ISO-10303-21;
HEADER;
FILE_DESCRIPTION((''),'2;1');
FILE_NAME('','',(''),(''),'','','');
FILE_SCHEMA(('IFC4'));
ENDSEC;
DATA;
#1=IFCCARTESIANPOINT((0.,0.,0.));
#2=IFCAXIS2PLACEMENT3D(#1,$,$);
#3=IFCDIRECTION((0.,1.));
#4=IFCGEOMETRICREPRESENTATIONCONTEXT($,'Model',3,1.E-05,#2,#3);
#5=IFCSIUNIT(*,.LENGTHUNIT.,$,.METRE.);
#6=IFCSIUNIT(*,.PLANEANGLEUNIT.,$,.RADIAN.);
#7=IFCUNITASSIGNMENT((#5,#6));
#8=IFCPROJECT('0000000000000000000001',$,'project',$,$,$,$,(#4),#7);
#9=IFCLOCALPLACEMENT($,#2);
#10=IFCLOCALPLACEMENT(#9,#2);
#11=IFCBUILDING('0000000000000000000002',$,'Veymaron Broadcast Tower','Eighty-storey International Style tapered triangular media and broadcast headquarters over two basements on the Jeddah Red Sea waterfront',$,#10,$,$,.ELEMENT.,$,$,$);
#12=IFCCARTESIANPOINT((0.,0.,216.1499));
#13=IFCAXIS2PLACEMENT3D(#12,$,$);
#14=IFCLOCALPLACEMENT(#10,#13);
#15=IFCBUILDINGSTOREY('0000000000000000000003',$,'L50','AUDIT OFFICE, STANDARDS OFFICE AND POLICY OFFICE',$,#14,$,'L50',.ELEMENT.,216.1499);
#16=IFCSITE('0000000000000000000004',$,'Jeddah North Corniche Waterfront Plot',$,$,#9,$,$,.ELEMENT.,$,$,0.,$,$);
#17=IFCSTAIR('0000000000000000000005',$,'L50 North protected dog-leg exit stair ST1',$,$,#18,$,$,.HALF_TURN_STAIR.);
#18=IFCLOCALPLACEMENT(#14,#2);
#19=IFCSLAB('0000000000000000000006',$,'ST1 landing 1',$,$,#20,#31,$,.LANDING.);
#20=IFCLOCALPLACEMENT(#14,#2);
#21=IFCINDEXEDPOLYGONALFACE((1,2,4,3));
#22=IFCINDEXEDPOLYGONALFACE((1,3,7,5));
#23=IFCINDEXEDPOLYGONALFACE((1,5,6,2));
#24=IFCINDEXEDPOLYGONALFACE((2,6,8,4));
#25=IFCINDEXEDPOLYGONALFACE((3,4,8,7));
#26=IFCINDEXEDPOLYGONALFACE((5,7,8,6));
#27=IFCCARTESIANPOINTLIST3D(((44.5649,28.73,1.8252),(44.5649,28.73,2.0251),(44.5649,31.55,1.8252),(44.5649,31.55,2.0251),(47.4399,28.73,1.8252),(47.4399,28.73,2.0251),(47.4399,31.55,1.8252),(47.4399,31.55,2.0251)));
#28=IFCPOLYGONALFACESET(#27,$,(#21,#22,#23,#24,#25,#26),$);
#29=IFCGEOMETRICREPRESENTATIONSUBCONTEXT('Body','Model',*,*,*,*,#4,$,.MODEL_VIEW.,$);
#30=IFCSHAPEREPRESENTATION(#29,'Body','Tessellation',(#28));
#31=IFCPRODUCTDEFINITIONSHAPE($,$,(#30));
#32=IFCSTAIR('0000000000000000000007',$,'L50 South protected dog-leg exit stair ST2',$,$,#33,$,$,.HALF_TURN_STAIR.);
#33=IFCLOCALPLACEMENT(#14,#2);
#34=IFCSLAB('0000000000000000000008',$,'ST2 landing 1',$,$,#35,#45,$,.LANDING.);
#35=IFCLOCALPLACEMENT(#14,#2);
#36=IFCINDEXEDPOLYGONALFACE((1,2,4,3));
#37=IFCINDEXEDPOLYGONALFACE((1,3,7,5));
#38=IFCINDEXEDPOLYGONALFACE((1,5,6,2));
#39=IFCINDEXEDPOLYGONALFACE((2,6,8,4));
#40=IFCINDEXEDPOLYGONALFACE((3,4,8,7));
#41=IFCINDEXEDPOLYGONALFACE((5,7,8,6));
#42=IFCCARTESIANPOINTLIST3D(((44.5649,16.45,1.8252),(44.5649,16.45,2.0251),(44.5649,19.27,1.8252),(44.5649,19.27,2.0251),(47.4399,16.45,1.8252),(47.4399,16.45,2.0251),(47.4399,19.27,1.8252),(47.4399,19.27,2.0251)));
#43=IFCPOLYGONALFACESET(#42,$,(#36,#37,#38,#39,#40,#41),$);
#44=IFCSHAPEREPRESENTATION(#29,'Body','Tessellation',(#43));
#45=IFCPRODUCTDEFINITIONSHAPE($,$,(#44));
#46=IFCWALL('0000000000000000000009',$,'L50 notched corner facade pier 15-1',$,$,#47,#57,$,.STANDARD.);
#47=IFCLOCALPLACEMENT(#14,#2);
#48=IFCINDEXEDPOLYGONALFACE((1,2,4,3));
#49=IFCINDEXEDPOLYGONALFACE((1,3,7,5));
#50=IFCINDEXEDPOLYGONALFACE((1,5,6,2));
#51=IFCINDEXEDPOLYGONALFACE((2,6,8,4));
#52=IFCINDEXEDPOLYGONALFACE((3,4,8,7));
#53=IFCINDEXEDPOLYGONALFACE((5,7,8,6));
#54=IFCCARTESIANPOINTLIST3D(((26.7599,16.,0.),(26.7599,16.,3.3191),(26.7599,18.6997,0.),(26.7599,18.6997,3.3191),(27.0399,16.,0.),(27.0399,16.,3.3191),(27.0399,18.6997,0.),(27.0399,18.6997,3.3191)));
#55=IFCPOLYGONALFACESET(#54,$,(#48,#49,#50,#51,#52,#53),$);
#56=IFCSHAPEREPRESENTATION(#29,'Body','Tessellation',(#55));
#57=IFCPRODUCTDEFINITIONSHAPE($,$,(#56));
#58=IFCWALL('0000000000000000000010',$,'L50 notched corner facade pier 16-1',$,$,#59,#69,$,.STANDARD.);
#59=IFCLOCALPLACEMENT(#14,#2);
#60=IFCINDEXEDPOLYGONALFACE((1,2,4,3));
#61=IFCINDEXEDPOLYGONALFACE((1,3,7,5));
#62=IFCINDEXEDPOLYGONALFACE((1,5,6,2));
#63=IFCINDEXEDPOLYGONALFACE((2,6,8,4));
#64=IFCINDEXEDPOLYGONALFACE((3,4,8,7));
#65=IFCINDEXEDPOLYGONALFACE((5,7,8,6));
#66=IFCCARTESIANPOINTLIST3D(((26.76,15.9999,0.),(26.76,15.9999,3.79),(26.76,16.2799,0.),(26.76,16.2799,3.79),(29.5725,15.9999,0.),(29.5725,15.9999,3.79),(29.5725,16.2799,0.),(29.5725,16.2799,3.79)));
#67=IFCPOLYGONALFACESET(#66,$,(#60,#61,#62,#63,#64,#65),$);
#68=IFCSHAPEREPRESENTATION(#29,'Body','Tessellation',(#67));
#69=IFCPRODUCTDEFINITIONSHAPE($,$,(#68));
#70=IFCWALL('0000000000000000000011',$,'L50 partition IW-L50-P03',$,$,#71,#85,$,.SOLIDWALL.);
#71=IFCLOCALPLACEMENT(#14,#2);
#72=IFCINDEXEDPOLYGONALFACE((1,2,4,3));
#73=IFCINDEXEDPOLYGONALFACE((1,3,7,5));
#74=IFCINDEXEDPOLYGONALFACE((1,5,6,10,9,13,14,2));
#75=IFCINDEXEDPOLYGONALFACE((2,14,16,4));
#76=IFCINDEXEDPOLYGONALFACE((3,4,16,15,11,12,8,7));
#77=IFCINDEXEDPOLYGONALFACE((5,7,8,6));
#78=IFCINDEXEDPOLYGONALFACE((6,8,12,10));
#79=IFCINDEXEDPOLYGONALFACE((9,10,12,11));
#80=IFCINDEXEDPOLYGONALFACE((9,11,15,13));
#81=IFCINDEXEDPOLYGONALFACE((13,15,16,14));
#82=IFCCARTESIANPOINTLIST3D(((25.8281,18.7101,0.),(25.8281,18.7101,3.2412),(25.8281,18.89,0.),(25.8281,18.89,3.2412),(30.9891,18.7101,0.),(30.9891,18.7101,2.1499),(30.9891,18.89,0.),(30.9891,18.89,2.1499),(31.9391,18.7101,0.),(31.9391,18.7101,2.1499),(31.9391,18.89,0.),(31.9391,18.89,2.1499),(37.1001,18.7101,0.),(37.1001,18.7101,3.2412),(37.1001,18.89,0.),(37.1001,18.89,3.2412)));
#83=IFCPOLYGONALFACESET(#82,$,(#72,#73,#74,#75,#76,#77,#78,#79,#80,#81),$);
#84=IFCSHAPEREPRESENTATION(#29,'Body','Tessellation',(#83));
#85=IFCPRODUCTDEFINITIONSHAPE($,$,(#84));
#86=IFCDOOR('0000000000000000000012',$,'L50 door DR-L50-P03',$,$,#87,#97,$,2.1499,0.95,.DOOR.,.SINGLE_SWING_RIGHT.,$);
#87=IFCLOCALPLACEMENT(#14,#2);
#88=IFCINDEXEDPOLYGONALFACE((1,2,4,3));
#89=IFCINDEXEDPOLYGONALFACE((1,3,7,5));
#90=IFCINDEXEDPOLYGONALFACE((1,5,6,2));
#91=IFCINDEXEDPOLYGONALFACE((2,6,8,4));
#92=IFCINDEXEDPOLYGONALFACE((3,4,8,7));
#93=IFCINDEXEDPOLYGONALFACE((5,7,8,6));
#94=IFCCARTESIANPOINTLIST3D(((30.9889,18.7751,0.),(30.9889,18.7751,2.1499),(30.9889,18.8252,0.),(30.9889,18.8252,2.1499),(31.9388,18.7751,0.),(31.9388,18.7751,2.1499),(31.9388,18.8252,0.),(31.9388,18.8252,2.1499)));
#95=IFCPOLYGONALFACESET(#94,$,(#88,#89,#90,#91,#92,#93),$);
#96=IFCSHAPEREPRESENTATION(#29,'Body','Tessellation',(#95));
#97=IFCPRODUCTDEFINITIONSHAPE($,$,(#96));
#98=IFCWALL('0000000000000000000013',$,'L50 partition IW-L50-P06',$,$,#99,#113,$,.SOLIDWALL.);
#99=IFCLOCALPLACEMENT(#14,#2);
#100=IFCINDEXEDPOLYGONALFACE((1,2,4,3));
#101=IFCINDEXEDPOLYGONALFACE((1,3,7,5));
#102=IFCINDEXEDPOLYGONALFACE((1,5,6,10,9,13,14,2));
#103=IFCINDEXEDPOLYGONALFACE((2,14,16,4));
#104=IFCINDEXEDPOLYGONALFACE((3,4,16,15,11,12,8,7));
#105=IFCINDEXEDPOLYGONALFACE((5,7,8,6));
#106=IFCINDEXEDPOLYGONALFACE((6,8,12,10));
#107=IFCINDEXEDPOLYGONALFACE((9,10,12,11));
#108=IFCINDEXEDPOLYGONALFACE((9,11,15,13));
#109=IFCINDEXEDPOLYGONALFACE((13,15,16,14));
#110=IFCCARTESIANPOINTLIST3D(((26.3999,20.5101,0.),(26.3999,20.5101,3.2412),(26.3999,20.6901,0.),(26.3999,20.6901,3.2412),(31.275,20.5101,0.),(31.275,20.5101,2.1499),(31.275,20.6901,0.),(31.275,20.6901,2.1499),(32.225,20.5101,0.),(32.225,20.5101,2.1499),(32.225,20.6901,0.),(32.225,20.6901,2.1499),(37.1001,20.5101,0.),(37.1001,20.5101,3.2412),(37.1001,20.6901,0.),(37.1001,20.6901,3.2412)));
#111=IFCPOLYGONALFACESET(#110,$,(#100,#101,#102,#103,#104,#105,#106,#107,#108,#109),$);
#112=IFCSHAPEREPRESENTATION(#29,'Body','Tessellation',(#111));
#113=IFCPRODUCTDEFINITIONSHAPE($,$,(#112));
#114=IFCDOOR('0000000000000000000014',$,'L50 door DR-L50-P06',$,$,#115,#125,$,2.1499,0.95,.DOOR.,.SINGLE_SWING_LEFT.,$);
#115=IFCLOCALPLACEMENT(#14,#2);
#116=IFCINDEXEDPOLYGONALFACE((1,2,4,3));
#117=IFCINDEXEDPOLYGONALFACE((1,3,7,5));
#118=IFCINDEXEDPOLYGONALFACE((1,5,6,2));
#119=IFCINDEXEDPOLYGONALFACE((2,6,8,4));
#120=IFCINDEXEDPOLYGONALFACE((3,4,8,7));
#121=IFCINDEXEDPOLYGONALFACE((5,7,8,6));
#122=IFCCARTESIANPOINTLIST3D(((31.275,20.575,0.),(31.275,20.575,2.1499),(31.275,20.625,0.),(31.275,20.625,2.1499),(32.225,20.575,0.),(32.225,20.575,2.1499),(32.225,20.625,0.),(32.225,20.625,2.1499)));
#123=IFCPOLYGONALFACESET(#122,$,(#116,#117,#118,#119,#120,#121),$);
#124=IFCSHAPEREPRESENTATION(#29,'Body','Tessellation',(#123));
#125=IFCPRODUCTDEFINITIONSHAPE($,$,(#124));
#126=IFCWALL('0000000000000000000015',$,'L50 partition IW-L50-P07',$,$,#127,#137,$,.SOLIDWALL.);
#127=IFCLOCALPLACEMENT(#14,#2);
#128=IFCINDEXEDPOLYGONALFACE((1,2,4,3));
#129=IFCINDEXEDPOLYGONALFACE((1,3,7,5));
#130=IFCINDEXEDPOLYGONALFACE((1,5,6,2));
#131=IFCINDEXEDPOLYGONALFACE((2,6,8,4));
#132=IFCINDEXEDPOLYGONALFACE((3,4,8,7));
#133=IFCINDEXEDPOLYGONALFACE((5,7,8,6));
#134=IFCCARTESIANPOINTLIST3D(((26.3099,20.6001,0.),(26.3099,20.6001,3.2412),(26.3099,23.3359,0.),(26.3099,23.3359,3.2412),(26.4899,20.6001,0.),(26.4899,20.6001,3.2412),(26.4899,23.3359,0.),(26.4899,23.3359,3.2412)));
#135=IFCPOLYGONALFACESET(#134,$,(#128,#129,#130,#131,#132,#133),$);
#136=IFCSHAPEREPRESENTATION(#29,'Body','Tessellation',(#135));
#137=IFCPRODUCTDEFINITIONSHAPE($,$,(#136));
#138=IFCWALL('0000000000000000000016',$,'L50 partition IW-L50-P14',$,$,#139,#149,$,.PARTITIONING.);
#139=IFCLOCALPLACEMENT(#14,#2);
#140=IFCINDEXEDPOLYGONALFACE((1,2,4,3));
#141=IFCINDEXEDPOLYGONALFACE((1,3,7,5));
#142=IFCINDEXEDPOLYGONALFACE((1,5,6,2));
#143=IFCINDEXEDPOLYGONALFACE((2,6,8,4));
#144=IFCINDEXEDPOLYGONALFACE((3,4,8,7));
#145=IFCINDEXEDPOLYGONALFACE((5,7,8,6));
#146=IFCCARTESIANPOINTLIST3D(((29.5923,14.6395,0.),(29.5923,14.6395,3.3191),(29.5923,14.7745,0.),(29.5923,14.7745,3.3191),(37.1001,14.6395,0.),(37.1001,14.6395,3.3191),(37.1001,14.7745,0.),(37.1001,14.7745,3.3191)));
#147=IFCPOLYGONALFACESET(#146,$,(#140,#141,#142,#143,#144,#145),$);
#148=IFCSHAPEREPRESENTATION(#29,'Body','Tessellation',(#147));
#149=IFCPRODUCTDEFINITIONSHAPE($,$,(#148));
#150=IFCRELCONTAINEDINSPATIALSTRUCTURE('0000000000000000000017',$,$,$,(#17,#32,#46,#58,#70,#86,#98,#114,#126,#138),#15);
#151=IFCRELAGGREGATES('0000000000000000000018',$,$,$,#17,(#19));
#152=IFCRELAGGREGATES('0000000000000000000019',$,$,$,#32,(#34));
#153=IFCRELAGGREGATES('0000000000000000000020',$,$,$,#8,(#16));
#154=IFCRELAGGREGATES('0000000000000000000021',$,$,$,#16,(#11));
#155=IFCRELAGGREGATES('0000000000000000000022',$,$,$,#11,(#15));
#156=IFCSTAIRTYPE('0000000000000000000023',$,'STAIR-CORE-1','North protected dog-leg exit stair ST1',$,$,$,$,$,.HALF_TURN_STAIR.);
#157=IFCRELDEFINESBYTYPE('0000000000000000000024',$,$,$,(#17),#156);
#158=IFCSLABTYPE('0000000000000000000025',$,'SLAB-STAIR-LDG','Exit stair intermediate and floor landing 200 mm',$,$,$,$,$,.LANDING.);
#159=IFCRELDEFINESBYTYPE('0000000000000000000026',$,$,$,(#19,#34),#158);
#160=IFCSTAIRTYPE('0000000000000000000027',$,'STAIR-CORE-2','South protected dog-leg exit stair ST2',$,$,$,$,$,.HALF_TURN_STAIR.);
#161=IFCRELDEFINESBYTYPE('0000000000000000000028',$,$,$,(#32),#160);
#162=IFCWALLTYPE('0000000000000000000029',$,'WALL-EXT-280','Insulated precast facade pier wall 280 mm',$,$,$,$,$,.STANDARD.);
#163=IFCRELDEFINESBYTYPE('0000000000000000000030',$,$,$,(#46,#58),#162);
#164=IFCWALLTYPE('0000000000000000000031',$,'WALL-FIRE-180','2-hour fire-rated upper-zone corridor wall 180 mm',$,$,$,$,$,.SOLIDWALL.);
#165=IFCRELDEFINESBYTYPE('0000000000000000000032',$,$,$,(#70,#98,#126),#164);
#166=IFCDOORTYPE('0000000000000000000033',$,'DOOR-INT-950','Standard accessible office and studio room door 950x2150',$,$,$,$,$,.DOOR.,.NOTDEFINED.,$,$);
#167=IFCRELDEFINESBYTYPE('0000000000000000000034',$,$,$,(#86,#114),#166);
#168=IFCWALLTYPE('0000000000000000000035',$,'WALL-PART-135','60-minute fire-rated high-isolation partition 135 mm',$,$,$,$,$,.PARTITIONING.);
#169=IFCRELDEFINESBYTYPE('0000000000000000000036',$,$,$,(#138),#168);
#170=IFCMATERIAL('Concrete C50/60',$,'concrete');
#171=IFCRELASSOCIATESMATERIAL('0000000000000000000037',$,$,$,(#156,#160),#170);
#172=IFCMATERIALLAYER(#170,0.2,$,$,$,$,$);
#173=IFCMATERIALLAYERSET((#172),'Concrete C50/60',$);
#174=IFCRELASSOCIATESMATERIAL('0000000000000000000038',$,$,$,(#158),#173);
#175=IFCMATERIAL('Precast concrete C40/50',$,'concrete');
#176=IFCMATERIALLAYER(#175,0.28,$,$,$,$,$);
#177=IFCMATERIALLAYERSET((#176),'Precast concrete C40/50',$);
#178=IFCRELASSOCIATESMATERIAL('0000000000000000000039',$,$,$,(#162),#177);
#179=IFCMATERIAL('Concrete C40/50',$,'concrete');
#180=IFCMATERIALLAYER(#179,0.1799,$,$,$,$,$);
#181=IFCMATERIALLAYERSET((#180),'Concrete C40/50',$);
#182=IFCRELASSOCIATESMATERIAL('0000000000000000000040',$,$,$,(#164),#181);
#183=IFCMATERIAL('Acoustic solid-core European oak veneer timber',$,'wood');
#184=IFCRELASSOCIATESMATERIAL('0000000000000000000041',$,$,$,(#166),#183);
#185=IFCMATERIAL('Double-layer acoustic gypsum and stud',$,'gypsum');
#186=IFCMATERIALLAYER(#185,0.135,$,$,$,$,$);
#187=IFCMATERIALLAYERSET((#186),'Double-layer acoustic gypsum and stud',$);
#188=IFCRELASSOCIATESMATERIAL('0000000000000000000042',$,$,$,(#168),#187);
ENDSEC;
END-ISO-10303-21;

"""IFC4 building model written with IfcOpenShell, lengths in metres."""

from ifc_helpers import new_model, si_unit, direction, frame, frame_2d, origin, place, context, subcontext, project, spatial, polyline, rectangle, outline, extrude, material, layer, layer_set, type_object, element, fill, aggregate, save


model = new_model("IFC4")

# Units and contexts
model_context = context("Model", 3, precision=1e-05, world=origin(), true_north=direction((0.0, 1.0)))
body_context = subcontext(model_context, "Body", "Model", "MODEL_VIEW")
ifc_project = project(units=[si_unit("LENGTHUNIT", "METRE"), si_unit("PLANEANGLEUNIT", "RADIAN")], contexts=[model_context])

# Site, building, storey
site_placement = place(None, origin())
site = spatial("IfcSite", under=ifc_project, at=site_placement, Name="Jeddah North Corniche Waterfront Plot", CompositionType="ELEMENT", RefElevation=0.0)
building_placement = place(site_placement, origin())
building = spatial("IfcBuilding", under=site, at=building_placement, Name="Veymaron Broadcast Tower", Description="Eighty-storey International Style tapered triangular media and broadcast headquarters over two basements on the Jeddah Red Sea waterfront", CompositionType="ELEMENT")
storey_placement = place(building_placement, frame((0.0, 0.0, 216.1499)))
storey = spatial("IfcBuildingStorey", under=building, at=storey_placement, Name="L50", Description="AUDIT OFFICE, STANDARDS OFFICE AND POLICY OFFICE", LongName="L50", CompositionType="ELEMENT", Elevation=216.1499)

# Shared definitions
ifc_material_1 = material(Name="Concrete C40/50", Category="concrete")

# Stairs, slabs
ifc_material_2 = material(Name="Concrete C50/60", Category="concrete")
stair_type_1 = type_object("IfcStairType", Name="STAIR-CORE-1", Description="North protected dog-leg exit stair ST1", PredefinedType="HALF_TURN_STAIR", material=ifc_material_2)
stair_1_placement = place(storey_placement, origin())
stair_1 = element("IfcStair", 1, at=stair_1_placement, inside=storey, type_object=stair_type_1, Name="L50 North protected dog-leg exit stair ST1", PredefinedType="HALF_TURN_STAIR")
ifc_layer_1 = layer(ifc_material_2, 0.2)
ifc_layer_set_1 = layer_set([ifc_layer_1], Name="Concrete C50/60")
slab_type_1 = type_object("IfcSlabType", Name="SLAB-STAIR-LDG", Description="Exit stair intermediate and floor landing 200 mm", PredefinedType="LANDING", material=ifc_layer_set_1)
slab_1_placement = place(storey_placement, frame((0.0, 0.0, 1.8252)))
slab_1 = element("IfcSlab", 2, at=slab_1_placement, type_object=slab_type_1, Name="ST1 landing 1", PredefinedType="LANDING", context=body_context, shape_type="SweptSolid", body=[
    extrude(outline(polyline([(44.5649, 28.73), (47.4399, 28.73), (47.4399, 31.55), (44.5649, 31.55), (44.5649, 28.73)])), origin(), (0.0, 0.0, 1.0), 0.2),
])
aggregate(stair_1, [slab_1])
stair_type_2 = type_object("IfcStairType", Name="STAIR-CORE-2", Description="South protected dog-leg exit stair ST2", PredefinedType="HALF_TURN_STAIR", material=ifc_material_2)
stair_2_placement = place(storey_placement, origin())
stair_2 = element("IfcStair", 3, at=stair_2_placement, inside=storey, type_object=stair_type_2, Name="L50 South protected dog-leg exit stair ST2", PredefinedType="HALF_TURN_STAIR")
slab_2_placement = place(storey_placement, frame((0.0, 0.0, 1.8252)))
slab_2 = element("IfcSlab", 4, at=slab_2_placement, type_object=slab_type_1, Name="ST2 landing 1", PredefinedType="LANDING", context=body_context, shape_type="SweptSolid", body=[
    extrude(outline(polyline([(44.5649, 16.45), (47.4399, 16.45), (47.4399, 19.27), (44.5649, 19.27), (44.5649, 16.45)])), origin(), (0.0, 0.0, 1.0), 0.2),
])
aggregate(stair_2, [slab_2])

# Walls
ifc_material_3 = material(Name="Precast concrete C40/50", Category="concrete")
ifc_layer_2 = layer(ifc_material_3, 0.28)
ifc_layer_set_2 = layer_set([ifc_layer_2], Name="Precast concrete C40/50")
wall_type_1 = type_object("IfcWallType", Name="WALL-EXT-280", Description="Insulated precast facade pier wall 280 mm", PredefinedType="STANDARD", material=ifc_layer_set_2)
wall_1_placement = place(storey_placement, frame((26.8999, 18.6997, 0.0), z_axis=(0.0, 0.0, 1.0), x_axis=(0.0, -1.0, 0.0)))
element("IfcWall", 5, at=wall_1_placement, inside=storey, type_object=wall_type_1, Name="L50 notched corner facade pier 15-1", PredefinedType="STANDARD", context=body_context, shape_type="SweptSolid", body=[
    extrude(rectangle(XDim=2.6997, YDim=0.28, at=frame_2d((1.3499, 0.0))), origin(), (0.0, 0.0, 1.0), 3.3191),
])
wall_2_placement = place(storey_placement, frame((26.76, 16.1399, 0.0), z_axis=(0.0, 0.0, 1.0), x_axis=(1.0, 0.0, 0.0)))
element("IfcWall", 6, at=wall_2_placement, inside=storey, type_object=wall_type_1, Name="L50 notched corner facade pier 16-1", PredefinedType="STANDARD", context=body_context, shape_type="SweptSolid", body=[
    extrude(rectangle(XDim=2.8125, YDim=0.28, at=frame_2d((1.4062, 0.0))), origin(), (0.0, 0.0, 1.0), 3.79),
])

# Walls, openings, doors
ifc_layer_3 = layer(ifc_material_1, 0.1799)
ifc_layer_set_3 = layer_set([ifc_layer_3], Name="Concrete C40/50")
wall_type_2 = type_object("IfcWallType", Name="WALL-FIRE-180", Description="2-hour fire-rated upper-zone corridor wall 180 mm", PredefinedType="SOLIDWALL", material=ifc_layer_set_3)
wall_3_placement = place(storey_placement, frame((25.8281, 18.8, 0.0), z_axis=(0.0, 0.0, 1.0), x_axis=(1.0, 0.0, 0.0)))
wall_3 = element("IfcWall", 7, at=wall_3_placement, inside=storey, type_object=wall_type_2, Name="L50 partition IW-L50-P03", PredefinedType="SOLIDWALL", context=body_context, shape_type="SweptSolid", body=[
    extrude(rectangle(XDim=11.272, YDim=0.1799, at=frame_2d((5.636, 0.0))), origin(), (0.0, 0.0, 1.0), 3.2412),
])
opening_1_placement = place(wall_3_placement, frame((5.1609, 0.0, 0.0)))
opening_1 = element("IfcOpeningElement", 8, at=opening_1_placement, cuts=wall_3, PredefinedType="OPENING", context=body_context, shape_type="SweptSolid", body=[
    extrude(rectangle(XDim=0.95, YDim=2.1499, at=frame_2d((0.4751, 1.075))), frame((0.0, 0.1001, 0.0), z_axis=(0.0, -1.0, 0.0), x_axis=(1.0, 0.0, 0.0)), (0.0, 0.0, 1.0), 0.2),
])
ifc_material_4 = material(Name="Acoustic solid-core European oak veneer timber", Category="wood")
door_type = type_object("IfcDoorType", Name="DOOR-INT-950", Description="Standard accessible office and studio room door 950x2150", OperationType="NOTDEFINED", PredefinedType="DOOR", material=ifc_material_4)
door_1_placement = place(opening_1_placement, frame((0.95, 0.0, 0.0), z_axis=(0.0, 0.0, 1.0), x_axis=(-1.0, 0.0, 0.0)))
door_1 = element("IfcDoor", 9, at=door_1_placement, inside=storey, type_object=door_type, Name="L50 door DR-L50-P03", OperationType="SINGLE_SWING_RIGHT", OverallHeight=2.1499, OverallWidth=0.95, PredefinedType="DOOR", context=body_context, shape_type="SweptSolid", body=[
    extrude(rectangle(XDim=0.95, YDim=2.1499, at=frame_2d((0.4751, 1.075))), frame((0.0, 0.0249, 0.0), z_axis=(0.0, -1.0, 0.0), x_axis=(1.0, 0.0, 0.0)), (0.0, 0.0, 1.0), 0.05),
])
fill(opening_1, door_1)
wall_4_placement = place(storey_placement, frame((26.3999, 20.6001, 0.0), z_axis=(0.0, 0.0, 1.0), x_axis=(1.0, 0.0, 0.0)))
wall_4 = element("IfcWall", 10, at=wall_4_placement, inside=storey, type_object=wall_type_2, Name="L50 partition IW-L50-P06", PredefinedType="SOLIDWALL", context=body_context, shape_type="SweptSolid", body=[
    extrude(rectangle(XDim=10.7002, YDim=0.1799, at=frame_2d((5.3501, 0.0))), origin(), (0.0, 0.0, 1.0), 3.2412),
])
opening_2_placement = place(wall_4_placement, frame((4.875, 0.0, 0.0)))
opening_2 = element("IfcOpeningElement", 11, at=opening_2_placement, cuts=wall_4, PredefinedType="OPENING", context=body_context, shape_type="SweptSolid", body=[
    extrude(rectangle(XDim=0.95, YDim=2.1499, at=frame_2d((0.4751, 1.075))), frame((0.0, 0.1001, 0.0), z_axis=(0.0, -1.0, 0.0), x_axis=(1.0, 0.0, 0.0)), (0.0, 0.0, 1.0), 0.2),
])
door_2_placement = place(opening_2_placement, origin())
door_2 = element("IfcDoor", 12, at=door_2_placement, inside=storey, type_object=door_type, Name="L50 door DR-L50-P06", OperationType="SINGLE_SWING_LEFT", OverallHeight=2.1499, OverallWidth=0.95, PredefinedType="DOOR", context=body_context, shape_type="SweptSolid", body=[
    extrude(rectangle(XDim=0.95, YDim=2.1499, at=frame_2d((0.4751, 1.075))), frame((0.0, 0.0249, 0.0), z_axis=(0.0, -1.0, 0.0), x_axis=(1.0, 0.0, 0.0)), (0.0, 0.0, 1.0), 0.05),
])
fill(opening_2, door_2)

# Walls
wall_5_placement = place(storey_placement, frame((26.3999, 20.6001, 0.0), z_axis=(0.0, 0.0, 1.0), x_axis=(0.0, 1.0, 0.0)))
element("IfcWall", 13, at=wall_5_placement, inside=storey, type_object=wall_type_2, Name="L50 partition IW-L50-P07", PredefinedType="SOLIDWALL", context=body_context, shape_type="SweptSolid", body=[
    extrude(rectangle(XDim=2.7358, YDim=0.1799, at=frame_2d((1.3679, 0.0))), origin(), (0.0, 0.0, 1.0), 3.2412),
])
ifc_material_5 = material(Name="Double-layer acoustic gypsum and stud", Category="gypsum")
ifc_layer_4 = layer(ifc_material_5, 0.135)
ifc_layer_set_4 = layer_set([ifc_layer_4], Name="Double-layer acoustic gypsum and stud")
wall_type_3 = type_object("IfcWallType", Name="WALL-PART-135", Description="60-minute fire-rated high-isolation partition 135 mm", PredefinedType="PARTITIONING", material=ifc_layer_set_4)
wall_6_placement = place(storey_placement, frame((29.5923, 14.707, 0.0), z_axis=(0.0, 0.0, 1.0), x_axis=(1.0, 0.0, 0.0)))
element("IfcWall", 14, at=wall_6_placement, inside=storey, type_object=wall_type_3, Name="L50 partition IW-L50-P14", PredefinedType="PARTITIONING", context=body_context, shape_type="SweptSolid", body=[
    extrude(rectangle(XDim=7.5078, YDim=0.135, at=frame_2d((3.7539, 0.0))), origin(), (0.0, 0.0, 1.0), 3.3191),
])

save(model, "model.ifc")
